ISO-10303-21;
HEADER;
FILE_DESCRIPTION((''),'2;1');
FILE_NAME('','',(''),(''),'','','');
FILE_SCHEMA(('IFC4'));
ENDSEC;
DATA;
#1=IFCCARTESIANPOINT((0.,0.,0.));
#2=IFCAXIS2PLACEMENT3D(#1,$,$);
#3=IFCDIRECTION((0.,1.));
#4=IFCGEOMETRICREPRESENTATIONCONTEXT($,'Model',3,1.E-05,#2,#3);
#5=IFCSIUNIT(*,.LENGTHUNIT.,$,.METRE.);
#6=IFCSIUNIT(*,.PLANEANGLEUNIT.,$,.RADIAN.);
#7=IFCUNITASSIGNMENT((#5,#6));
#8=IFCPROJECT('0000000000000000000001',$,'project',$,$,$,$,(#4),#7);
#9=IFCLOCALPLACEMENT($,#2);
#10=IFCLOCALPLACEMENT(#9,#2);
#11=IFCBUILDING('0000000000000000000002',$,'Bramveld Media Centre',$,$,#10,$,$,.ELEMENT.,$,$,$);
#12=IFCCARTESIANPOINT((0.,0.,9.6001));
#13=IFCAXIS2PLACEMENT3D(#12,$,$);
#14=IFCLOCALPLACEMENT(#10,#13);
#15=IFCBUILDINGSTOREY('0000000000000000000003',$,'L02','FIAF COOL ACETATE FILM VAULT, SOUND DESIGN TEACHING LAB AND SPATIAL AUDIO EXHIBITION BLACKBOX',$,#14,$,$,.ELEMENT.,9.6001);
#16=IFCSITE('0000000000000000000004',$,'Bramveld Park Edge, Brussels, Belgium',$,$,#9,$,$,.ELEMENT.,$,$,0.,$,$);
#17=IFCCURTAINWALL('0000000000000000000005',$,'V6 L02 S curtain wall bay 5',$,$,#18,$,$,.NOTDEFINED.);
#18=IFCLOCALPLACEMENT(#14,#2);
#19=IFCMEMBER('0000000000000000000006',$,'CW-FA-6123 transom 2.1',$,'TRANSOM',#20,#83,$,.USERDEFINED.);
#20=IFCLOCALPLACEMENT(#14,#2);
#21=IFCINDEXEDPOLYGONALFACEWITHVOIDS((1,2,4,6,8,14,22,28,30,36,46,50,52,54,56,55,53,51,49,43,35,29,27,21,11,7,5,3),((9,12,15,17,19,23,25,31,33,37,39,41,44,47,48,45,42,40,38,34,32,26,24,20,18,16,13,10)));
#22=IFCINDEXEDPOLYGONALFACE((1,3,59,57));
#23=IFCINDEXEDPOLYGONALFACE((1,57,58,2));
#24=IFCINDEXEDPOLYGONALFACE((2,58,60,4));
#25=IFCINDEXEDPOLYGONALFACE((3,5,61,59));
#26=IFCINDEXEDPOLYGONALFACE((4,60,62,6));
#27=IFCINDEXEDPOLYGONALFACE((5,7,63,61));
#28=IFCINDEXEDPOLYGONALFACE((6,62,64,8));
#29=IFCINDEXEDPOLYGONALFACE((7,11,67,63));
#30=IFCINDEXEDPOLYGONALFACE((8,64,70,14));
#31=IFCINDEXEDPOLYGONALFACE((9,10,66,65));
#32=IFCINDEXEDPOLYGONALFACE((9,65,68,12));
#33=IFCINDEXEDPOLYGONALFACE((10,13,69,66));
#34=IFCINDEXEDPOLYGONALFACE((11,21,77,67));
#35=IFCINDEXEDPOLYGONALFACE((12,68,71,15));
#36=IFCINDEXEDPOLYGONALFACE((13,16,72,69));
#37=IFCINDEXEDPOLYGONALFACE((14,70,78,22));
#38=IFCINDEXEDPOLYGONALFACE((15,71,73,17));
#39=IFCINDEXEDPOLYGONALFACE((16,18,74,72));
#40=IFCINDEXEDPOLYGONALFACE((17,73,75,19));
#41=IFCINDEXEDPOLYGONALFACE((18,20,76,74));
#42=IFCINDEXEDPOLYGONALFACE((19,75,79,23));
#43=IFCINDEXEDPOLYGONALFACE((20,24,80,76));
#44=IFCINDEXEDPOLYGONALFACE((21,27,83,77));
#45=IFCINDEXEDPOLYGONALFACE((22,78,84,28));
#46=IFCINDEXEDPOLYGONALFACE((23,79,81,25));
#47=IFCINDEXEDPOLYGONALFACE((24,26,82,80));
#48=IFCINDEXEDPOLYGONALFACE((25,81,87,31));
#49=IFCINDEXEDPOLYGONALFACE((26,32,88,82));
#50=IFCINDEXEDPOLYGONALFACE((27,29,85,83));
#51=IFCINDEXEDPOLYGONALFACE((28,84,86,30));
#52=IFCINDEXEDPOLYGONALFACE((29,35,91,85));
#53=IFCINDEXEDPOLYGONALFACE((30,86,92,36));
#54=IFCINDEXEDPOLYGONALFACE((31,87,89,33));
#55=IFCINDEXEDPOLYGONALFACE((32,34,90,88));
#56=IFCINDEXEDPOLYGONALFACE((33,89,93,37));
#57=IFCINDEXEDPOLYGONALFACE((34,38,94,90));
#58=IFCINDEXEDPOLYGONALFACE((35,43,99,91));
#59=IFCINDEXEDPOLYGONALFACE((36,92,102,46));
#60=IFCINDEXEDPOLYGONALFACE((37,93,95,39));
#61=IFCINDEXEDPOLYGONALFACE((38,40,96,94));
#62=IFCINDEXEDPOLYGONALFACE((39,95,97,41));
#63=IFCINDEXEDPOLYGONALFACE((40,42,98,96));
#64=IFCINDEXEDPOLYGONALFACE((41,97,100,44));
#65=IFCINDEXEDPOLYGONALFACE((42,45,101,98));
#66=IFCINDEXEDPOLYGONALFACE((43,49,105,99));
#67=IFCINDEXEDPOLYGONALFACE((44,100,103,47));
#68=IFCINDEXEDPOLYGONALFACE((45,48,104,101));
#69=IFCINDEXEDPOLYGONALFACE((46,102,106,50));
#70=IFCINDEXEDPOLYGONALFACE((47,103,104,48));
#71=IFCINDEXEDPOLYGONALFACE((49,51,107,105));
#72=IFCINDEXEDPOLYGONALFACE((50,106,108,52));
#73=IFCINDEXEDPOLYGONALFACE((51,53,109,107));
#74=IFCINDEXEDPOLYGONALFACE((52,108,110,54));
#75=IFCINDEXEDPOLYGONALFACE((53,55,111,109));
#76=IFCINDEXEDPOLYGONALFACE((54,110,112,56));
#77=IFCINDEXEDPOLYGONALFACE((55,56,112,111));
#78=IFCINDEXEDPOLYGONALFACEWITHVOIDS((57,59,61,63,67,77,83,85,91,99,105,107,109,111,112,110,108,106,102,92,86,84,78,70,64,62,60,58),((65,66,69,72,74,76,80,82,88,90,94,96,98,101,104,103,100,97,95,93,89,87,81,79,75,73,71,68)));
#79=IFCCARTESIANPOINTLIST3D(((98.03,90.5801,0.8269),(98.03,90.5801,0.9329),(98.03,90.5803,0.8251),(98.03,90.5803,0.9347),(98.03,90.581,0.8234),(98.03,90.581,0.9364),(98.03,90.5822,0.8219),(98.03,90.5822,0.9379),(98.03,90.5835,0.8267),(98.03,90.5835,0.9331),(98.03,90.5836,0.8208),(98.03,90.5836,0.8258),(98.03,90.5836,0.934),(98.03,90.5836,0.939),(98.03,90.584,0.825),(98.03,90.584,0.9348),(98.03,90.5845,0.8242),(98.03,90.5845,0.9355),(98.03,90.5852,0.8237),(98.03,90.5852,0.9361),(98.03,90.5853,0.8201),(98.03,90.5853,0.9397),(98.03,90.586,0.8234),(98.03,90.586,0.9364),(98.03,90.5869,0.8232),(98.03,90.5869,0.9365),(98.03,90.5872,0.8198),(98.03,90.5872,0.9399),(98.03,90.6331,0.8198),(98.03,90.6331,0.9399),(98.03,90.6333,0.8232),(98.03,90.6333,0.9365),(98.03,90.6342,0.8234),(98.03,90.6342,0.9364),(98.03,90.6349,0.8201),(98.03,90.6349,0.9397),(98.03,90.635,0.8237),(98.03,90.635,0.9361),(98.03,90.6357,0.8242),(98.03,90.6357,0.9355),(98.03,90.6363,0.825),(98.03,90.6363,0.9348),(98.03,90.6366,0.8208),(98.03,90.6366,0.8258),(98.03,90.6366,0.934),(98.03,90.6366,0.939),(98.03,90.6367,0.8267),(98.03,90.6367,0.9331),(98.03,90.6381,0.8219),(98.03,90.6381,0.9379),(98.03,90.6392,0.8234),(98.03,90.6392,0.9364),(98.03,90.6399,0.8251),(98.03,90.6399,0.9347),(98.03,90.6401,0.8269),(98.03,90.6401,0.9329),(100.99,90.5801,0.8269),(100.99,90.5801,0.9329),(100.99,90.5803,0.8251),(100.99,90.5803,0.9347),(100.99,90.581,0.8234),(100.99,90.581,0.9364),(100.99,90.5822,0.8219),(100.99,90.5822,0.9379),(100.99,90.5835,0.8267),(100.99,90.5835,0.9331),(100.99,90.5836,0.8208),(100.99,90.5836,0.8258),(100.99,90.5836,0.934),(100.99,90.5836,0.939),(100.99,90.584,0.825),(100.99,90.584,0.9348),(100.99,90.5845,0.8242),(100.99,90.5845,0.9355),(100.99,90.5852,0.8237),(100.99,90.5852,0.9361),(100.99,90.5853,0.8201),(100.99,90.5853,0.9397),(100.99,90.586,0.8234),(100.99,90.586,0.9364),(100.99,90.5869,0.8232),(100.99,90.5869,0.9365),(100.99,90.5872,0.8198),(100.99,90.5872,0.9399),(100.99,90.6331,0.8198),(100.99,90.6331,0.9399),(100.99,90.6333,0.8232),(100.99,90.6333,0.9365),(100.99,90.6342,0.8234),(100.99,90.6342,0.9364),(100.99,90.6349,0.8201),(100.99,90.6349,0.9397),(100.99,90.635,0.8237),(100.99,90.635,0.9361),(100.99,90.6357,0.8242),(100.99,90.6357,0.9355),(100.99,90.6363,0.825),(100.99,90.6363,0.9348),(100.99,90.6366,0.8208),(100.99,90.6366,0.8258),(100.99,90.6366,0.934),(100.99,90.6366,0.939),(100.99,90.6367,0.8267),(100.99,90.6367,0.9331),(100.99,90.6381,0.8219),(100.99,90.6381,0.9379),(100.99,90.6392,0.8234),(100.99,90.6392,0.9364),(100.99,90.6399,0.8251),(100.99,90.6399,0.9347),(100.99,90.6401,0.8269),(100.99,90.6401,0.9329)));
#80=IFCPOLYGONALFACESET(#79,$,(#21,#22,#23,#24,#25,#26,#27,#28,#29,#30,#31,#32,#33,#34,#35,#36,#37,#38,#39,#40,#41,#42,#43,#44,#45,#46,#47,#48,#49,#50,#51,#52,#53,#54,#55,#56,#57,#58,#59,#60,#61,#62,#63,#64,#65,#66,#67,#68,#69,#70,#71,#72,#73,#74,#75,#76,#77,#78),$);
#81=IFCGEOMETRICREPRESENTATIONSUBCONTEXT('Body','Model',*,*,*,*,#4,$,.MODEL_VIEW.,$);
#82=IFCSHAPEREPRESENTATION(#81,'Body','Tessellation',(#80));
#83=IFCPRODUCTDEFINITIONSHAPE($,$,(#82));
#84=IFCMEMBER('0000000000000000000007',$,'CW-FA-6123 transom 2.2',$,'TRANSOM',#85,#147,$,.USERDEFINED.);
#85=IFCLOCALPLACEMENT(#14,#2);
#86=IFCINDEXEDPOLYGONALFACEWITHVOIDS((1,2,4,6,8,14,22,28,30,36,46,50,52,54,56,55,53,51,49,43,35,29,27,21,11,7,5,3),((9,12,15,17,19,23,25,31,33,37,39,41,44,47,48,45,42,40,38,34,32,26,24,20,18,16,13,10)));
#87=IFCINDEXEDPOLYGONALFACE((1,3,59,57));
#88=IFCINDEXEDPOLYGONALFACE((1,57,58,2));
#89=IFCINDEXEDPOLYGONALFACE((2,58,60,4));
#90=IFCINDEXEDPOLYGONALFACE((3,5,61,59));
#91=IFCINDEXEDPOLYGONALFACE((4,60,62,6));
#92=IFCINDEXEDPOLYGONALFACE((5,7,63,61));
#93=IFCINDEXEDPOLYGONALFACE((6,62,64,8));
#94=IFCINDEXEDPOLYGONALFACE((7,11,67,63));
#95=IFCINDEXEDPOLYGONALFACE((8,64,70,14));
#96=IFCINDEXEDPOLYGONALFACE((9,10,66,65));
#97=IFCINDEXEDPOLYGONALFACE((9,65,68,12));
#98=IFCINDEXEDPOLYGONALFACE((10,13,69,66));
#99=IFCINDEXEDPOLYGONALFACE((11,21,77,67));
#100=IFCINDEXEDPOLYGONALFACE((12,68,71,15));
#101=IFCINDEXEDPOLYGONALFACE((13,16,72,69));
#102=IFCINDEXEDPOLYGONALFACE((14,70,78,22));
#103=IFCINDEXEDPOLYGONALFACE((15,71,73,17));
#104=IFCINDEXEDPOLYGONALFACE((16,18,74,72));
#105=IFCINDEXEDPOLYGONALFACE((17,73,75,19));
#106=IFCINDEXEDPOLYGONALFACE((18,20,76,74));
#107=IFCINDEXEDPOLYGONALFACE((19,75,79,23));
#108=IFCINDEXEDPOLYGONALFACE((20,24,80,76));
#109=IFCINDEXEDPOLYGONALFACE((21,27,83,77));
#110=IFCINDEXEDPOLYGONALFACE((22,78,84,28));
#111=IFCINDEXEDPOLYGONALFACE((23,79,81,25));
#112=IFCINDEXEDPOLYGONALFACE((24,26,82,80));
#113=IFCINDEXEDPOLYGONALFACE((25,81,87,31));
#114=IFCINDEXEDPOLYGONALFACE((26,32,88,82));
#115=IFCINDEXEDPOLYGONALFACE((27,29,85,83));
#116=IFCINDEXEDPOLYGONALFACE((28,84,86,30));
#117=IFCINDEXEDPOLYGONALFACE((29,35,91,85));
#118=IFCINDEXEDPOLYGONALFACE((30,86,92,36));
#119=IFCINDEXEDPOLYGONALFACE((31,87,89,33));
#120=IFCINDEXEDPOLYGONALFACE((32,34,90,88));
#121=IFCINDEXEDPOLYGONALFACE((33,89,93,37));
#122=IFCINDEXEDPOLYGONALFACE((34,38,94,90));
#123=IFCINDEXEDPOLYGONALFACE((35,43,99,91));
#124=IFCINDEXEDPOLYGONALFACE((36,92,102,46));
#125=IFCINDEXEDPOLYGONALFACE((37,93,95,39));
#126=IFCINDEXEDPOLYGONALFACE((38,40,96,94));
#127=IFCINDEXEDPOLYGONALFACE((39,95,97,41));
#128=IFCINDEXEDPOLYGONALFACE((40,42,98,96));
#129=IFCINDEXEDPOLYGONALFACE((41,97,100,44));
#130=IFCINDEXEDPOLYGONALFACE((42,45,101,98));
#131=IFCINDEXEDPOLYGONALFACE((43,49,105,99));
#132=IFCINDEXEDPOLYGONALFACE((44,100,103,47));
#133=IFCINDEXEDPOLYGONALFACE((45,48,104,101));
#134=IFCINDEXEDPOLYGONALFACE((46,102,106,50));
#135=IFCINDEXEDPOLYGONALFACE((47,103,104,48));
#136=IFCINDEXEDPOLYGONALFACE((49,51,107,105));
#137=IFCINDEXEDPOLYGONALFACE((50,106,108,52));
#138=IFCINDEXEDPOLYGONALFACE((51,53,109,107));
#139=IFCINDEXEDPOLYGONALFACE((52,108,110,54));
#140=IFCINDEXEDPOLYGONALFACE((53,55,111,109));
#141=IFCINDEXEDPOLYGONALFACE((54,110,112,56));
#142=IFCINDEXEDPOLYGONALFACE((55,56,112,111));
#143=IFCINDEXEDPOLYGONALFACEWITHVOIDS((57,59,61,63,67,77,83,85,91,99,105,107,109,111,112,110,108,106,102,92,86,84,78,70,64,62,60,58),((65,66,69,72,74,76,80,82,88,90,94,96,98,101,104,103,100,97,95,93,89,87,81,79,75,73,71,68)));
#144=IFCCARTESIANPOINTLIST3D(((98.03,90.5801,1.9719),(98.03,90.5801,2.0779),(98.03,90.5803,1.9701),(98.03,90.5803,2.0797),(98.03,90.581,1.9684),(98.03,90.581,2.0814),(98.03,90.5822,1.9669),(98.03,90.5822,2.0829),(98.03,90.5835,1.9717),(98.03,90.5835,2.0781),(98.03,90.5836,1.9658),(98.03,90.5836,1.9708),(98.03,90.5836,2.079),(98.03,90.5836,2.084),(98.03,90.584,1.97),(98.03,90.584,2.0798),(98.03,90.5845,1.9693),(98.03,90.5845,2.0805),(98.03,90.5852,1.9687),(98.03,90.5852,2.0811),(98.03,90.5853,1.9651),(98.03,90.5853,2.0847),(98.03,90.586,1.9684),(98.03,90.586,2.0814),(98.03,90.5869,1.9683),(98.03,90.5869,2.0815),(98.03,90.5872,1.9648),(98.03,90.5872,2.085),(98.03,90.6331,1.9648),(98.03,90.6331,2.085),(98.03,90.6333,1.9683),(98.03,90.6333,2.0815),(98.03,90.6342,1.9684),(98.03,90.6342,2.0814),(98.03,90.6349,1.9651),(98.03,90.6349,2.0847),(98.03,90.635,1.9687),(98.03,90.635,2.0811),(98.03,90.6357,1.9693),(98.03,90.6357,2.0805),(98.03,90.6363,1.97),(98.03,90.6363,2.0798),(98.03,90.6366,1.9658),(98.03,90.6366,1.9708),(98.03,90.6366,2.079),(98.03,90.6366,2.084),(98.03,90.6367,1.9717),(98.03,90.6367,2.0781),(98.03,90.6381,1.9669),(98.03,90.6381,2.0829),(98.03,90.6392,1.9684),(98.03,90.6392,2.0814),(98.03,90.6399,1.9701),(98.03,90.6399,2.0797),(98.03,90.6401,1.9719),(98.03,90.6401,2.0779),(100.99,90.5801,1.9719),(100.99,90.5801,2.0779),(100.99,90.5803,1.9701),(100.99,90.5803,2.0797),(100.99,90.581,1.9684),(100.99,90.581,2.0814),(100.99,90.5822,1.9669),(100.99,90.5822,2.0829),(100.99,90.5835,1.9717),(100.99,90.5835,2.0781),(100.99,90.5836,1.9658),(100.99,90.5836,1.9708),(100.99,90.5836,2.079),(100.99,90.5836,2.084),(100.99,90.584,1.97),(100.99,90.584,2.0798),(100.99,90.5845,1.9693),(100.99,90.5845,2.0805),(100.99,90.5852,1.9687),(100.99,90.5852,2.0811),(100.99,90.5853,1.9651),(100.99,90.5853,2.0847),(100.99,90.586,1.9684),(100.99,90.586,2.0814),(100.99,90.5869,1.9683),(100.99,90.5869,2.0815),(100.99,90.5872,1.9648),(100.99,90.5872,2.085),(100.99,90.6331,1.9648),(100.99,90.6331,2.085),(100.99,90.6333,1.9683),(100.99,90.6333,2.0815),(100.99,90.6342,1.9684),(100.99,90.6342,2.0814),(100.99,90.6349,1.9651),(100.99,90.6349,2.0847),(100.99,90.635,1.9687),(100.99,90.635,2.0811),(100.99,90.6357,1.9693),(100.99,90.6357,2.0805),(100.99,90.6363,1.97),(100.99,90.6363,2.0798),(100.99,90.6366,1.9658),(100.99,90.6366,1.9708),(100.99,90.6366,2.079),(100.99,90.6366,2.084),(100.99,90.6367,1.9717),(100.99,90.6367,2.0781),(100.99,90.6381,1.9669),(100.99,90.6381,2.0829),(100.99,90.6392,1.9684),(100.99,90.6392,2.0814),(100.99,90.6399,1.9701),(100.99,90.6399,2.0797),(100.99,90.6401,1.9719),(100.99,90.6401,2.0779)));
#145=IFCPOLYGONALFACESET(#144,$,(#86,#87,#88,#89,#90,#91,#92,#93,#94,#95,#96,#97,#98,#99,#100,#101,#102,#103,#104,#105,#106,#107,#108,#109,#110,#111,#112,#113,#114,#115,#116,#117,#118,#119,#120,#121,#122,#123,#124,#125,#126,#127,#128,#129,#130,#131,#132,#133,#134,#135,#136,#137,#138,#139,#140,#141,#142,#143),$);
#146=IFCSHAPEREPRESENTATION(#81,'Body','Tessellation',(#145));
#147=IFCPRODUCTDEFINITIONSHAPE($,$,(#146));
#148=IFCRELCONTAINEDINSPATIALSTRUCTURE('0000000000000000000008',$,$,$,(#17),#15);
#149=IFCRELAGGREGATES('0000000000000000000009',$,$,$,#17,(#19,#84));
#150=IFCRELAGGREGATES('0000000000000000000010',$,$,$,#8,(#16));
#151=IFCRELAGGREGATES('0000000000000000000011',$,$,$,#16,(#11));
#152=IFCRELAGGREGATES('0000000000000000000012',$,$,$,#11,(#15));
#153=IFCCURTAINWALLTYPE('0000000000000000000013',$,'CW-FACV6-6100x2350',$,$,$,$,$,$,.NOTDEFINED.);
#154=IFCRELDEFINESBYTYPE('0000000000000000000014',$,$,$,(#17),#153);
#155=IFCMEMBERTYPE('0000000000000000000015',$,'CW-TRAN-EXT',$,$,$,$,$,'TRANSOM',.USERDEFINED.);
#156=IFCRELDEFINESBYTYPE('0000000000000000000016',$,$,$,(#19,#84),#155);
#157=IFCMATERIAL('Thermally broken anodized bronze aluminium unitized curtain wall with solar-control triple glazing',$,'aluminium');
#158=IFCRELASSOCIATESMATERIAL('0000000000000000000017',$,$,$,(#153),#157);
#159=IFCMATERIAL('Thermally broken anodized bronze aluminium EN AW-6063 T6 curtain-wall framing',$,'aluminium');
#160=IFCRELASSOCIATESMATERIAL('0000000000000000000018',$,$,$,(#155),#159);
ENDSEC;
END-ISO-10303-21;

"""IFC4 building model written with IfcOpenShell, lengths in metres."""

from ifc_helpers import new_model, si_unit, direction, frame, origin, origin_2d, place, context, subcontext, project, spatial, hollow_rectangle, extrude, material, material_profile, profile_set, type_object, element, aggregate, save


model = new_model("IFC4")

# Units and contexts
model_context = context("Model", 3, precision=1e-05, world=origin(), true_north=direction((0.0, 1.0)))
body_context = subcontext(model_context, "Body", "Model", "MODEL_VIEW")
ifc_project = project(units=[si_unit("LENGTHUNIT", "METRE"), si_unit("PLANEANGLEUNIT", "RADIAN")], contexts=[model_context])

# Site, building, storey
site_placement = place(None, origin())
site = spatial("IfcSite", under=ifc_project, at=site_placement, Name="Bramveld Park Edge, Brussels, Belgium", CompositionType="ELEMENT", RefElevation=0.0)
building_placement = place(site_placement, origin())
building = spatial("IfcBuilding", under=site, at=building_placement, Name="Bramveld Media Centre", CompositionType="ELEMENT")
storey_placement = place(building_placement, frame((0.0, 0.0, 9.6001)))
storey = spatial("IfcBuildingStorey", under=building, at=storey_placement, Name="L02", Description="FIAF COOL ACETATE FILM VAULT, SOUND DESIGN TEACHING LAB AND SPATIAL AUDIO EXHIBITION BLACKBOX", CompositionType="ELEMENT", Elevation=9.6001)

# Curtain wall
ifc_material_1 = material(Name="Thermally broken anodized bronze aluminium unitized curtain wall with solar-control triple glazing", Category="aluminium")
curtain_wall_type = type_object("IfcCurtainWallType", Name="CW-FACV6-6100x2350", PredefinedType="NOTDEFINED", material=ifc_material_1)
curtain_wall_1_placement = place(storey_placement, origin())
curtain_wall_1 = element("IfcCurtainWall", 1, at=curtain_wall_1_placement, inside=storey, type_object=curtain_wall_type, Name="V6 L02 S curtain wall bay 5", PredefinedType="NOTDEFINED")

# Members
ifc_material_2 = material(Name="Thermally broken anodized bronze aluminium EN AW-6063 T6 curtain-wall framing", Category="aluminium")
ifc_material_profile_1 = material_profile(ifc_material_2, hollow_rectangle(XDim=0.0601, YDim=0.1201, WallThickness=0.0034, InnerFilletRadius=0.0034, OuterFilletRadius=0.0071, at=origin_2d()), Name="AL-TRAN 60x120")
ifc_profile_set_1 = profile_set([ifc_material_profile_1], Name="Thermally broken anodized bronze aluminium EN AW-6063 T6 curtain-wall framing")
member_type_1 = type_object("IfcMemberType", Name="CW-TRAN-EXT", ElementType="TRANSOM", PredefinedType="USERDEFINED", material=ifc_profile_set_1)
member_1_placement = place(storey_placement, frame((98.03, 90.6101, 0.8799), z_axis=(1.0, 0.0, 0.0), x_axis=(0.0, 1.0, 0.0)))
member_1 = element("IfcMember", 2, at=member_1_placement, type_object=member_type_1, Name="CW-FA-6123 transom 2.1", ObjectType="TRANSOM", PredefinedType="USERDEFINED", context=body_context, shape_type="SweptSolid", body=[
    extrude(hollow_rectangle(XDim=0.0601, YDim=0.1201, WallThickness=0.0034, InnerFilletRadius=0.0034, OuterFilletRadius=0.0071, at=origin_2d()), origin(), (0.0, 0.0, 1.0), 2.96),
])
member_2_placement = place(storey_placement, frame((98.03, 90.6101, 2.0249), z_axis=(1.0, 0.0, 0.0), x_axis=(0.0, 1.0, 0.0)))
member_2 = element("IfcMember", 3, at=member_2_placement, type_object=member_type_1, Name="CW-FA-6123 transom 2.2", ObjectType="TRANSOM", PredefinedType="USERDEFINED", context=body_context, shape_type="SweptSolid", body=[
    extrude(hollow_rectangle(XDim=0.0601, YDim=0.1201, WallThickness=0.0034, InnerFilletRadius=0.0034, OuterFilletRadius=0.0071, at=origin_2d()), origin(), (0.0, 0.0, 1.0), 2.96),
])

aggregate(curtain_wall_1, [member_1, member_2])

save(model, "model.ifc")
